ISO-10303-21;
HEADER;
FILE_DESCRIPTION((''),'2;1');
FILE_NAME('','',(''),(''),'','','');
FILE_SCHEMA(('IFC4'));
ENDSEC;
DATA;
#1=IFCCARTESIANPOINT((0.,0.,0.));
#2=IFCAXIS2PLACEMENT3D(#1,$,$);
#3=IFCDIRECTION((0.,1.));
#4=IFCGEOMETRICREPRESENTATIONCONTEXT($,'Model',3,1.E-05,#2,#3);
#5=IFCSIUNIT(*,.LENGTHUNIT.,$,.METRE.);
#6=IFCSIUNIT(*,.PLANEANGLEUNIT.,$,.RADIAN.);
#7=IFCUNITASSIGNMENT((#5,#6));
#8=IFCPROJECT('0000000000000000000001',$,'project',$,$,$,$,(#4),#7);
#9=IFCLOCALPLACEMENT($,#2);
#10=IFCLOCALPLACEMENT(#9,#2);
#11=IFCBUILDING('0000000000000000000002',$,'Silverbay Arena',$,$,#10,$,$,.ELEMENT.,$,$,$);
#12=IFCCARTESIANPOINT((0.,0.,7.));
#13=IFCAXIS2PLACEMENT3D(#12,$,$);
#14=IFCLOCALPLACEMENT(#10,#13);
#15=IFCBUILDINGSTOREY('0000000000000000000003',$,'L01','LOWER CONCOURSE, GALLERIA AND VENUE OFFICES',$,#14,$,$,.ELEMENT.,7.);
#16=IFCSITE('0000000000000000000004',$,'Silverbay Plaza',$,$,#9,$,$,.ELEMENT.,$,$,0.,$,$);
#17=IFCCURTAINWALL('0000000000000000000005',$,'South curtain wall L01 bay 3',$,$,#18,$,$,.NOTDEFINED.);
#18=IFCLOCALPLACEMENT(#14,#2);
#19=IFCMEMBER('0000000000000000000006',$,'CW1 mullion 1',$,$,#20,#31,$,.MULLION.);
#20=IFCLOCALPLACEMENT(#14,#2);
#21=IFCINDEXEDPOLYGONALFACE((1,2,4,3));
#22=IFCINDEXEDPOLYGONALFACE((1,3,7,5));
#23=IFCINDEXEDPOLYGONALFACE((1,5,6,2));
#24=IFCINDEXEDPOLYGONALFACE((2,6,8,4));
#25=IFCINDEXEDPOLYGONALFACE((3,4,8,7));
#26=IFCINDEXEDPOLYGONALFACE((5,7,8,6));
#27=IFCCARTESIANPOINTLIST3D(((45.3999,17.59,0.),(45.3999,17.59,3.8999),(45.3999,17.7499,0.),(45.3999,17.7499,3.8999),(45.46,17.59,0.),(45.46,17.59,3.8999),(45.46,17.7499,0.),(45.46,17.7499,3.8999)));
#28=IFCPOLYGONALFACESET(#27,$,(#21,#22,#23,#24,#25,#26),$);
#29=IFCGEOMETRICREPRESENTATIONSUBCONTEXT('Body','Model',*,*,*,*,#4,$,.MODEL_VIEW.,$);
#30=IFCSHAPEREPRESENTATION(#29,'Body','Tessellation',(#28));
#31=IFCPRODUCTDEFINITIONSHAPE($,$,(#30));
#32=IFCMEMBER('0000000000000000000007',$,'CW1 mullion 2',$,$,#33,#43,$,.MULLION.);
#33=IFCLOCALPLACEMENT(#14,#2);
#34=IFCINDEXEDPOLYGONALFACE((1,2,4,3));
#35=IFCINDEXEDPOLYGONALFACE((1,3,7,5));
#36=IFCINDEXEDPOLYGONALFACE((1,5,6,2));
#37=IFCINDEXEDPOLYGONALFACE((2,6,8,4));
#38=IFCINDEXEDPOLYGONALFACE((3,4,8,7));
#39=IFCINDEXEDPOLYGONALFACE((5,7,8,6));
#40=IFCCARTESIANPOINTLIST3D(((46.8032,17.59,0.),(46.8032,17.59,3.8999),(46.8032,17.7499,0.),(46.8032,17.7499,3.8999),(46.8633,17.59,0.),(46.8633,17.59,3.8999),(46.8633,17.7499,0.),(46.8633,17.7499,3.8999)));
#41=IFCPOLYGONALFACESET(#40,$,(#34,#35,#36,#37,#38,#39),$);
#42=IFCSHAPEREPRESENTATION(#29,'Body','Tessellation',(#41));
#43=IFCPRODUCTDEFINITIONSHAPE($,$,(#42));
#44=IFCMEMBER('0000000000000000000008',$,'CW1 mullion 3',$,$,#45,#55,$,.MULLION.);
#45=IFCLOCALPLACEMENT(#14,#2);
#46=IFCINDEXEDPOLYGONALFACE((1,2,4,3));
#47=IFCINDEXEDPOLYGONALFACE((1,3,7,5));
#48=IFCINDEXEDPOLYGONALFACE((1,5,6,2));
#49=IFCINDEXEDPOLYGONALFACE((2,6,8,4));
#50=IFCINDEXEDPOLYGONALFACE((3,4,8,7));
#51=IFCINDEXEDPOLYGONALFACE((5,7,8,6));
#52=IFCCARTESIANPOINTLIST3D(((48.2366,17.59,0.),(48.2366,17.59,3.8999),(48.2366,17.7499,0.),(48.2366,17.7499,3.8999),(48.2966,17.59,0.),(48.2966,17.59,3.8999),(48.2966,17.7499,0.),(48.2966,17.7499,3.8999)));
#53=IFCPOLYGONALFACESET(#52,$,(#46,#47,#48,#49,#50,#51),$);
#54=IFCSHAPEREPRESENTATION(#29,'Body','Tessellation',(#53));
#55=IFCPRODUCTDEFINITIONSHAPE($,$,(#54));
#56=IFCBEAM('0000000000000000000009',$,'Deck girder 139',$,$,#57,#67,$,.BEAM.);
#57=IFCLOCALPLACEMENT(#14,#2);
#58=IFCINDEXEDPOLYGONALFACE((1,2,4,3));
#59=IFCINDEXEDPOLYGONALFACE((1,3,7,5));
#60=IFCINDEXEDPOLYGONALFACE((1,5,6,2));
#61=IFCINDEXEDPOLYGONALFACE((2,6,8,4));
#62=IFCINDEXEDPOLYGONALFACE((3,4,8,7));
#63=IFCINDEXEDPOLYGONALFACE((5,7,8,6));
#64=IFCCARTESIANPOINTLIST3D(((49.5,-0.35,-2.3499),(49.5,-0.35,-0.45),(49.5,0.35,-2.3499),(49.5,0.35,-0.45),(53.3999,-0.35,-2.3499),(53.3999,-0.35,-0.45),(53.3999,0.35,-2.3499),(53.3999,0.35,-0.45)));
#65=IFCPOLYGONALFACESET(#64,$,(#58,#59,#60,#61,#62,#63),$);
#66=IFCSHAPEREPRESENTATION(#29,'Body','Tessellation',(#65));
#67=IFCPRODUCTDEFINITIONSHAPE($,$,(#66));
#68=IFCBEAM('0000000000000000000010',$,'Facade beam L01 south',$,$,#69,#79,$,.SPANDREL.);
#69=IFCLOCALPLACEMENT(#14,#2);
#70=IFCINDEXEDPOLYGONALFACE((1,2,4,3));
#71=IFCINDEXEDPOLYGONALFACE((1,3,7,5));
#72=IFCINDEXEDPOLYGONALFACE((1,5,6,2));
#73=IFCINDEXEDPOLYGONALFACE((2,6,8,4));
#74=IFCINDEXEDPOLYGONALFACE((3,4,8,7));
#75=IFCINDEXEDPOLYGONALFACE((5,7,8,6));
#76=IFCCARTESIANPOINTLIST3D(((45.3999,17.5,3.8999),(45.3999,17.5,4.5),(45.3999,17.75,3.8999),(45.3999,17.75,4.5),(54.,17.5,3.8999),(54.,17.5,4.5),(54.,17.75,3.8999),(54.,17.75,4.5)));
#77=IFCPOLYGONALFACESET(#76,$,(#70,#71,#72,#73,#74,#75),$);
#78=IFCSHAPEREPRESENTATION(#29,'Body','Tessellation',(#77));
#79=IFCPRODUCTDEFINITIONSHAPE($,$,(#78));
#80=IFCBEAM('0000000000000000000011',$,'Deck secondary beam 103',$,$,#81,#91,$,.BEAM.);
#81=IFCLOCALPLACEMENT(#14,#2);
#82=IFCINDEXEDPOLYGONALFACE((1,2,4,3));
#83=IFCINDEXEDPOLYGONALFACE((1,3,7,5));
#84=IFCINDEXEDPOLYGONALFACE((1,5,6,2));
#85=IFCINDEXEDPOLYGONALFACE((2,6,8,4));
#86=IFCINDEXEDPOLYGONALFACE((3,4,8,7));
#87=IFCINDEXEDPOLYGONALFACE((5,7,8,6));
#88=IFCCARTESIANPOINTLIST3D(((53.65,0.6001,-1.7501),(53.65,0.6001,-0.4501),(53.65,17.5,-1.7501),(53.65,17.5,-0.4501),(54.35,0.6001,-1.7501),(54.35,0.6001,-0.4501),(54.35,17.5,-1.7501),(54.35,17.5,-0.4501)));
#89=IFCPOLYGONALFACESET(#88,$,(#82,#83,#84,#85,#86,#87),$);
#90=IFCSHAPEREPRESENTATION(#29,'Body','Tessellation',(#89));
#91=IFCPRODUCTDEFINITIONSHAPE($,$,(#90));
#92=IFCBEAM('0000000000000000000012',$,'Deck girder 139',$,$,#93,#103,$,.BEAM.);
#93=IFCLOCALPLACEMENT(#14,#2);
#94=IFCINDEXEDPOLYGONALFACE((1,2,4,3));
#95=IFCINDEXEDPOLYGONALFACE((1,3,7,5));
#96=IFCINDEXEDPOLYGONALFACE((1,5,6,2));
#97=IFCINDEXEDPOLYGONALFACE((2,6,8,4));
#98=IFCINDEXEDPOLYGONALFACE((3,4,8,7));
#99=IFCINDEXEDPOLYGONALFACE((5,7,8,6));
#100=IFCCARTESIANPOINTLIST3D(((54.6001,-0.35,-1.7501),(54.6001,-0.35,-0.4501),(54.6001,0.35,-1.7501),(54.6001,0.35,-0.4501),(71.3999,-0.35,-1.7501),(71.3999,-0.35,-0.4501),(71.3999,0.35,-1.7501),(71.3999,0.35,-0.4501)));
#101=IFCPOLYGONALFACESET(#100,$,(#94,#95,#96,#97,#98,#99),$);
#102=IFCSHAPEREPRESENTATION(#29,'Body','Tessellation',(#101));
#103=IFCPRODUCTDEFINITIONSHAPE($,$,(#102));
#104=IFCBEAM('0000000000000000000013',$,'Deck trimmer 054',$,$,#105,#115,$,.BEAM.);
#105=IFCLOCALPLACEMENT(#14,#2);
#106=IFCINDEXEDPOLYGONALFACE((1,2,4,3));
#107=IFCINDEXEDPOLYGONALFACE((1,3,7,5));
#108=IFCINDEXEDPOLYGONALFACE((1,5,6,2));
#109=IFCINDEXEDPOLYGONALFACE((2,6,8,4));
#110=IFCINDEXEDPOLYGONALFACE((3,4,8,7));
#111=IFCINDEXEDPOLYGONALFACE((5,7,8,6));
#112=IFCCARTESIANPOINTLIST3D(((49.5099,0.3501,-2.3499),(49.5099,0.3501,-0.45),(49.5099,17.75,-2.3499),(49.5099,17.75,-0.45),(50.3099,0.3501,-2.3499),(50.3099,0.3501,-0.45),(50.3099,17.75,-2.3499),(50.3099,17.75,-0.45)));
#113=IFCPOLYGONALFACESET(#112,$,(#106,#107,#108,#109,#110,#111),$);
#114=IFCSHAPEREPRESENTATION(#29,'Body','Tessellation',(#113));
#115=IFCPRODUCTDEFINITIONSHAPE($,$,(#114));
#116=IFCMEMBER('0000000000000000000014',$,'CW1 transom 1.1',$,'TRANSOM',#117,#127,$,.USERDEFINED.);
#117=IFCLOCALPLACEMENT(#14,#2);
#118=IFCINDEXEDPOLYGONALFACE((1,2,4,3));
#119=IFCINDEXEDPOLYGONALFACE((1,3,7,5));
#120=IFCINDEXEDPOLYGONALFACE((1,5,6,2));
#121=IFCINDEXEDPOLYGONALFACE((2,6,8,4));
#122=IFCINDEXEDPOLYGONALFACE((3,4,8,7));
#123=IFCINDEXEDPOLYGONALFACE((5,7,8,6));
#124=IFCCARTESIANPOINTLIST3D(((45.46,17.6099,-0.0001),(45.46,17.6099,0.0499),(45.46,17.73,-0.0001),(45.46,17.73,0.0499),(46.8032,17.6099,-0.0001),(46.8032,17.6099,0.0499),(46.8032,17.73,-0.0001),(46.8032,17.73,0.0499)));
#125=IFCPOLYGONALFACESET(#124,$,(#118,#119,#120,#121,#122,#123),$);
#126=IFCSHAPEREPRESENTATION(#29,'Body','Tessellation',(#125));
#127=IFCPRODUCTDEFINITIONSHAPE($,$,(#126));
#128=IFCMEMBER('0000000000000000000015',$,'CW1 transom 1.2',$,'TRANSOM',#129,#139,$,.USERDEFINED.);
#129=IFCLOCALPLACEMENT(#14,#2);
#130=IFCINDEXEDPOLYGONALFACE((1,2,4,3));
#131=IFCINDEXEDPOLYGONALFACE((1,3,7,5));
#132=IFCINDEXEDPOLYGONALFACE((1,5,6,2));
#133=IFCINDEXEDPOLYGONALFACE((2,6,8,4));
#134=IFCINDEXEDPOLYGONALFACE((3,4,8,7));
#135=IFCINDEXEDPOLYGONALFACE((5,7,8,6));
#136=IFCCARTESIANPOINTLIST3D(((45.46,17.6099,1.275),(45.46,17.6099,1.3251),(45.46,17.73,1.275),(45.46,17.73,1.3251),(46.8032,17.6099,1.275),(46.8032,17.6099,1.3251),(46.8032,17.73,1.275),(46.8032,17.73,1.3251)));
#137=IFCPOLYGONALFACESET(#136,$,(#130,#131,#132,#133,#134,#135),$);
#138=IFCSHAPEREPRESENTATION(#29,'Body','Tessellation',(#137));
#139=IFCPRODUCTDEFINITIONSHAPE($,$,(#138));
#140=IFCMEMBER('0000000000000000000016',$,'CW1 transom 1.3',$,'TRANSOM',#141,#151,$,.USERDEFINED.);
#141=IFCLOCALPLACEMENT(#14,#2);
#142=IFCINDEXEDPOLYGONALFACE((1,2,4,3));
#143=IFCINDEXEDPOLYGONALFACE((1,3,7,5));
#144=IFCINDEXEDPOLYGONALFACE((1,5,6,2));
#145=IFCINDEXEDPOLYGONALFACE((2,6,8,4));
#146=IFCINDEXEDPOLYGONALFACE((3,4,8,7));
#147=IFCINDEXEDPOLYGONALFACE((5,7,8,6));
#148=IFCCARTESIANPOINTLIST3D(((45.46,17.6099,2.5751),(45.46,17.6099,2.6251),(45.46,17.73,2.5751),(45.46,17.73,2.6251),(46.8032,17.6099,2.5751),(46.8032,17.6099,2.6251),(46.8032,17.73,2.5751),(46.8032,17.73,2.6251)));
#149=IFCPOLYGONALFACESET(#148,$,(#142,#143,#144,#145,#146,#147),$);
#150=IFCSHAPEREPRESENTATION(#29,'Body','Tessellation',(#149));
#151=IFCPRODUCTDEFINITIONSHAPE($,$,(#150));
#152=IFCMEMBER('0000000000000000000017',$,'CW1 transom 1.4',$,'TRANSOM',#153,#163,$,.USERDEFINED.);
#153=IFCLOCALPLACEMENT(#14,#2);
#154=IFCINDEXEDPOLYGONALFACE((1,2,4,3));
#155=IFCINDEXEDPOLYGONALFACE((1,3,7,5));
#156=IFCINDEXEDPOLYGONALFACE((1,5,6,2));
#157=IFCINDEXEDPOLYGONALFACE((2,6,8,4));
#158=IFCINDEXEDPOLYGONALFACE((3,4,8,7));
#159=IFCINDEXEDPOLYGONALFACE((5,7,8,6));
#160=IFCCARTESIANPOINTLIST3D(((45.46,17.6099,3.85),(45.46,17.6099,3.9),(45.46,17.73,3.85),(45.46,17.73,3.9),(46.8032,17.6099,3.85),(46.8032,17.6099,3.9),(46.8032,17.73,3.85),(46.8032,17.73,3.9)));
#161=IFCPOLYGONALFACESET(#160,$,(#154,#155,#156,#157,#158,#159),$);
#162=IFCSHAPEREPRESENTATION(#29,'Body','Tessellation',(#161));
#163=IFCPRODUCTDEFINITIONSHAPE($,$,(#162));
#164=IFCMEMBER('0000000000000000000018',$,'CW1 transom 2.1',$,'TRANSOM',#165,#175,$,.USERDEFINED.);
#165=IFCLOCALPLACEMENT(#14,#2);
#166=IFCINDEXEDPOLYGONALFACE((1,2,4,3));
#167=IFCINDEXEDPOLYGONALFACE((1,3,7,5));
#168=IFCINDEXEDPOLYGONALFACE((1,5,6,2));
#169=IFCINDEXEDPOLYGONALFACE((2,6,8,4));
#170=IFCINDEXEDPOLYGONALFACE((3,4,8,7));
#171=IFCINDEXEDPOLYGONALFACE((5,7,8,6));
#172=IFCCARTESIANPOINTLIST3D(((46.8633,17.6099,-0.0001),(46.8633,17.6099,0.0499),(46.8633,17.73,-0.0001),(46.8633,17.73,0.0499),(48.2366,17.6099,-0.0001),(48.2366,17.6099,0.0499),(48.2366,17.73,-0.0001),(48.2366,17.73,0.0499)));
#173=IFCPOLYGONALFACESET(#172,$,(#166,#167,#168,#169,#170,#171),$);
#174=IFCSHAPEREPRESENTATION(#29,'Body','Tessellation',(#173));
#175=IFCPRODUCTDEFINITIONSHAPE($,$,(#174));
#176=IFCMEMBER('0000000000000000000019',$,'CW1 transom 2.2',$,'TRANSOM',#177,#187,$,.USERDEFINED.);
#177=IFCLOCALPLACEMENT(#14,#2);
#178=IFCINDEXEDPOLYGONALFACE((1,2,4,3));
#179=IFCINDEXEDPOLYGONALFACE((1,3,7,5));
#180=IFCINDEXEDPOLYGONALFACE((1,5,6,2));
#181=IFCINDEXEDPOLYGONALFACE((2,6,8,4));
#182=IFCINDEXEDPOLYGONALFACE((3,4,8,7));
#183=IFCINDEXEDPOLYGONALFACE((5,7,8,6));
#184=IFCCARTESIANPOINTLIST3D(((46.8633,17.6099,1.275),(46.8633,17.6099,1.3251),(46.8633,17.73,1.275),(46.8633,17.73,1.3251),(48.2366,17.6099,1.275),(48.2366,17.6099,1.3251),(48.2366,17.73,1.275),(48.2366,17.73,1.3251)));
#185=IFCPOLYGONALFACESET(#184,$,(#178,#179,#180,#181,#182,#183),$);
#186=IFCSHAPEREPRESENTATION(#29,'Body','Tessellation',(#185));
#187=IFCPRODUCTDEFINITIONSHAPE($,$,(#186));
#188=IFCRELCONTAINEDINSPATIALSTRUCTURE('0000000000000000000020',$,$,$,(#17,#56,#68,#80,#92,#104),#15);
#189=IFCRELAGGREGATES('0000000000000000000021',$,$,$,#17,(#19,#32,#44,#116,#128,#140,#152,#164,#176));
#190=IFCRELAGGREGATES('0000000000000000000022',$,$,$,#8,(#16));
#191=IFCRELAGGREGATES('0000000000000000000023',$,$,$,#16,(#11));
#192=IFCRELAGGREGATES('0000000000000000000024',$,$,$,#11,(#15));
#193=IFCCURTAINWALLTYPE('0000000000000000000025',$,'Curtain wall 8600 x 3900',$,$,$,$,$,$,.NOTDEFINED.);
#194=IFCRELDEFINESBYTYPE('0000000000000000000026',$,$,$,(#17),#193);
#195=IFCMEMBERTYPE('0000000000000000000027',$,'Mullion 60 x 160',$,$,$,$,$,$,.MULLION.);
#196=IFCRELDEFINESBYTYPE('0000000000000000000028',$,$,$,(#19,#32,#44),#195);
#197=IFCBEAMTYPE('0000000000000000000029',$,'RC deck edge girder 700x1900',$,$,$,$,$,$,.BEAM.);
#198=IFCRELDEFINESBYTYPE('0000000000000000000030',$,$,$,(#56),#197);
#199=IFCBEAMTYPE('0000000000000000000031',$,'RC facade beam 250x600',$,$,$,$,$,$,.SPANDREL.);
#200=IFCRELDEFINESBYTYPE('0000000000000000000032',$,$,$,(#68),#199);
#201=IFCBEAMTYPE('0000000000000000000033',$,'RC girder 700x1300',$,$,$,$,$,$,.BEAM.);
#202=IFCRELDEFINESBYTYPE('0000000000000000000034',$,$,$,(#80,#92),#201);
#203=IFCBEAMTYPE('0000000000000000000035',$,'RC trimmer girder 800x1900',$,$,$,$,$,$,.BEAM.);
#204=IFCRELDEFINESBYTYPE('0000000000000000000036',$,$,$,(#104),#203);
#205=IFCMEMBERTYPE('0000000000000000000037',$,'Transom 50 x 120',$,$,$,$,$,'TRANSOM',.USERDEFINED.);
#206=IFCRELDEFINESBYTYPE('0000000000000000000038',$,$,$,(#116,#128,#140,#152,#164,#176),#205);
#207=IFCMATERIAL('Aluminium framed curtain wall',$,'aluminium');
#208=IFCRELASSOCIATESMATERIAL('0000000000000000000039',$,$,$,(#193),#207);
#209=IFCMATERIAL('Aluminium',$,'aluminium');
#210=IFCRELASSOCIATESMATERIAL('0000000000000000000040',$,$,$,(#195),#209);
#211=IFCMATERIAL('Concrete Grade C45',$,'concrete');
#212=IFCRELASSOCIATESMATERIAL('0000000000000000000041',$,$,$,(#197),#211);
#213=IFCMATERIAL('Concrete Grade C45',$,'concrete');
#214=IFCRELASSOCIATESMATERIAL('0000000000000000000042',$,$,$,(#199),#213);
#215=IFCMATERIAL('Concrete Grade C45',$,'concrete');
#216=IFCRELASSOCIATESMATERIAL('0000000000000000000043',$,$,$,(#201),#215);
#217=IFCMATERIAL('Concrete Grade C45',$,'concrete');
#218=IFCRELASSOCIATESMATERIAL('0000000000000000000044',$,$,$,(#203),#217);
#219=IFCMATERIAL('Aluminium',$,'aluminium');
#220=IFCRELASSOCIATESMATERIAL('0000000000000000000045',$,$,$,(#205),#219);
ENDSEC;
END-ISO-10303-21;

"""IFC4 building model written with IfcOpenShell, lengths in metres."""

from ifc_helpers import new_model, si_unit, direction, frame, origin, origin_2d, place, context, subcontext, project, spatial, rectangle, extrude, material, material_profile, profile_set, type_object, element, aggregate, save


model = new_model("IFC4")

# Units and contexts
model_context = context("Model", 3, precision=1e-05, world=origin(), true_north=direction((0.0, 1.0)))
body_context = subcontext(model_context, "Body", "Model", "MODEL_VIEW")
ifc_project = project(units=[si_unit("LENGTHUNIT", "METRE"), si_unit("PLANEANGLEUNIT", "RADIAN")], contexts=[model_context])

# Site, building, storey
site_placement = place(None, origin())
site = spatial("IfcSite", under=ifc_project, at=site_placement, Name="Silverbay Plaza", CompositionType="ELEMENT", RefElevation=0.0)
building_placement = place(site_placement, origin())
building = spatial("IfcBuilding", under=site, at=building_placement, Name="Silverbay Arena", CompositionType="ELEMENT")
storey_placement = place(building_placement, frame((0.0, 0.0, 7.0)))
storey = spatial("IfcBuildingStorey", under=building, at=storey_placement, Name="L01", Description="LOWER CONCOURSE, GALLERIA AND VENUE OFFICES", CompositionType="ELEMENT", Elevation=7.0)

# Curtain wall, members
ifc_material_1 = material(Name="Aluminium framed curtain wall", Category="aluminium")
curtain_wall_type = type_object("IfcCurtainWallType", Name="Curtain wall 8600 x 3900", PredefinedType="NOTDEFINED", material=ifc_material_1)
curtain_wall_placement = place(storey_placement, origin())
curtain_wall = element("IfcCurtainWall", 1, at=curtain_wall_placement, inside=storey, type_object=curtain_wall_type, Name="South curtain wall L01 bay 3", PredefinedType="NOTDEFINED")
ifc_material_2 = material(Name="Aluminium", Category="aluminium")
ifc_material_profile_1 = material_profile(ifc_material_2, rectangle(XDim=0.1599, YDim=0.0601, at=origin_2d()), Name="Mullion 60 x 160")
ifc_profile_set_1 = profile_set([ifc_material_profile_1], Name="Aluminium")
member_type_1 = type_object("IfcMemberType", Name="Mullion 60 x 160", PredefinedType="MULLION", material=ifc_profile_set_1)
member_1_placement = place(storey_placement, frame((45.4299, 17.6699, 0.0), z_axis=(0.0, 0.0, 1.0), x_axis=(0.0, 1.0, 0.0)))
member_1 = element("IfcMember", 2, at=member_1_placement, type_object=member_type_1, Name="CW1 mullion 1", PredefinedType="MULLION", context=body_context, shape_type="SweptSolid", body=[
    extrude(rectangle(XDim=0.1599, YDim=0.0601, at=origin_2d()), origin(), (0.0, 0.0, 1.0), 3.8999),
])
member_2_placement = place(storey_placement, frame((46.8333, 17.6699, 0.0), z_axis=(0.0, 0.0, 1.0), x_axis=(0.0, 1.0, 0.0)))
member_2 = element("IfcMember", 3, at=member_2_placement, type_object=member_type_1, Name="CW1 mullion 2", PredefinedType="MULLION", context=body_context, shape_type="SweptSolid", body=[
    extrude(rectangle(XDim=0.1599, YDim=0.0601, at=origin_2d()), origin(), (0.0, 0.0, 1.0), 3.8999),
])
member_3_placement = place(storey_placement, frame((48.2666, 17.6699, 0.0), z_axis=(0.0, 0.0, 1.0), x_axis=(0.0, 1.0, 0.0)))
member_3 = element("IfcMember", 4, at=member_3_placement, type_object=member_type_1, Name="CW1 mullion 3", PredefinedType="MULLION", context=body_context, shape_type="SweptSolid", body=[
    extrude(rectangle(XDim=0.1599, YDim=0.0601, at=origin_2d()), origin(), (0.0, 0.0, 1.0), 3.8999),
])

# Beams
ifc_material_3 = material(Name="Concrete Grade C45", Category="concrete")
ifc_material_profile_2 = material_profile(ifc_material_3, rectangle(XDim=0.7, YDim=1.8999, at=origin_2d()), Name="RC 700x1900")
ifc_profile_set_2 = profile_set([ifc_material_profile_2], Name="Concrete Grade C45")
beam_type_1 = type_object("IfcBeamType", Name="RC deck edge girder 700x1900", PredefinedType="BEAM", material=ifc_profile_set_2)
beam_1_placement = place(storey_placement, frame((49.5, 0.0, -1.3999), z_axis=(1.0, 0.0, 0.0), x_axis=(0.0, 1.0, 0.0)))
element("IfcBeam", 5, at=beam_1_placement, inside=storey, type_object=beam_type_1, Name="Deck girder 139", PredefinedType="BEAM", context=body_context, shape_type="SweptSolid", body=[
    extrude(rectangle(XDim=0.7, YDim=1.8999, at=origin_2d()), origin(), (0.0, 0.0, 1.0), 3.8999),
])
ifc_material_4 = material(Name="Concrete Grade C45", Category="concrete")
ifc_material_profile_3 = material_profile(ifc_material_4, rectangle(XDim=0.25, YDim=0.6001, at=origin_2d()), Name="RC 250x600")
ifc_profile_set_3 = profile_set([ifc_material_profile_3], Name="Concrete Grade C45")
beam_type_2 = type_object("IfcBeamType", Name="RC facade beam 250x600", PredefinedType="SPANDREL", material=ifc_profile_set_3)
beam_2_placement = place(storey_placement, frame((45.3999, 17.625, 4.2), z_axis=(1.0, 0.0, 0.0), x_axis=(0.0, 1.0, 0.0)))
element("IfcBeam", 6, at=beam_2_placement, inside=storey, type_object=beam_type_2, Name="Facade beam L01 south", PredefinedType="SPANDREL", context=body_context, shape_type="SweptSolid", body=[
    extrude(rectangle(XDim=0.25, YDim=0.6001, at=origin_2d()), origin(), (0.0, 0.0, 1.0), 8.6001),
])
ifc_material_5 = material(Name="Concrete Grade C45", Category="concrete")
ifc_material_profile_4 = material_profile(ifc_material_5, rectangle(XDim=0.7, YDim=1.3, at=origin_2d()), Name="RC 700x1300")
ifc_profile_set_4 = profile_set([ifc_material_profile_4], Name="Concrete Grade C45")
beam_type_3 = type_object("IfcBeamType", Name="RC girder 700x1300", PredefinedType="BEAM", material=ifc_profile_set_4)
beam_3_placement = place(storey_placement, frame((54.0, 0.6001, -1.1001), z_axis=(0.0, 1.0, 0.0), x_axis=(-1.0, 0.0, 0.0)))
element("IfcBeam", 7, at=beam_3_placement, inside=storey, type_object=beam_type_3, Name="Deck secondary beam 103", PredefinedType="BEAM", context=body_context, shape_type="SweptSolid", body=[
    extrude(rectangle(XDim=0.7, YDim=1.3, at=origin_2d()), origin(), (0.0, 0.0, 1.0), 16.8999),
])
beam_4_placement = place(storey_placement, frame((54.6001, 0.0, -1.1001), z_axis=(1.0, 0.0, 0.0), x_axis=(0.0, 1.0, 0.0)))
element("IfcBeam", 8, at=beam_4_placement, inside=storey, type_object=beam_type_3, Name="Deck girder 139", PredefinedType="BEAM", context=body_context, shape_type="SweptSolid", body=[
    extrude(rectangle(XDim=0.7, YDim=1.3, at=origin_2d()), origin(), (0.0, 0.0, 1.0), 16.7998),
])
ifc_material_6 = material(Name="Concrete Grade C45", Category="concrete")
ifc_material_profile_5 = material_profile(ifc_material_6, rectangle(XDim=0.8, YDim=1.8999, at=origin_2d()), Name="RC 800x1900")
ifc_profile_set_5 = profile_set([ifc_material_profile_5], Name="Concrete Grade C45")
beam_type_4 = type_object("IfcBeamType", Name="RC trimmer girder 800x1900", PredefinedType="BEAM", material=ifc_profile_set_5)
beam_5_placement = place(storey_placement, frame((49.9099, 0.3501, -1.3999), z_axis=(0.0, 1.0, 0.0), x_axis=(-1.0, 0.0, 0.0)))
element("IfcBeam", 9, at=beam_5_placement, inside=storey, type_object=beam_type_4, Name="Deck trimmer 054", PredefinedType="BEAM", context=body_context, shape_type="SweptSolid", body=[
    extrude(rectangle(XDim=0.8, YDim=1.8999, at=origin_2d()), origin(), (0.0, 0.0, 1.0), 17.3999),
])

# Members
ifc_material_7 = material(Name="Aluminium", Category="aluminium")
ifc_material_profile_6 = material_profile(ifc_material_7, rectangle(XDim=0.1201, YDim=0.05, at=origin_2d()), Name="Transom 50 x 120")
ifc_profile_set_6 = profile_set([ifc_material_profile_6], Name="Aluminium")
member_type_2 = type_object("IfcMemberType", Name="Transom 50 x 120", ElementType="TRANSOM", PredefinedType="USERDEFINED", material=ifc_profile_set_6)
member_4_placement = place(storey_placement, frame((45.46, 17.6699, 0.0249), z_axis=(1.0, 0.0, 0.0), x_axis=(0.0, 1.0, 0.0)))
member_4 = element("IfcMember", 10, at=member_4_placement, type_object=member_type_2, Name="CW1 transom 1.1", ObjectType="TRANSOM", PredefinedType="USERDEFINED", context=body_context, shape_type="SweptSolid", body=[
    extrude(rectangle(XDim=0.1201, YDim=0.05, at=origin_2d()), origin(), (0.0, 0.0, 1.0), 1.3433),
])
member_5_placement = place(storey_placement, frame((45.46, 17.6699, 1.3), z_axis=(1.0, 0.0, 0.0), x_axis=(0.0, 1.0, 0.0)))
member_5 = element("IfcMember", 11, at=member_5_placement, type_object=member_type_2, Name="CW1 transom 1.2", ObjectType="TRANSOM", PredefinedType="USERDEFINED", context=body_context, shape_type="SweptSolid", body=[
    extrude(rectangle(XDim=0.1201, YDim=0.05, at=origin_2d()), origin(), (0.0, 0.0, 1.0), 1.3433),
])
member_6_placement = place(storey_placement, frame((45.46, 17.6699, 2.6001), z_axis=(1.0, 0.0, 0.0), x_axis=(0.0, 1.0, 0.0)))
member_6 = element("IfcMember", 12, at=member_6_placement, type_object=member_type_2, Name="CW1 transom 1.3", ObjectType="TRANSOM", PredefinedType="USERDEFINED", context=body_context, shape_type="SweptSolid", body=[
    extrude(rectangle(XDim=0.1201, YDim=0.05, at=origin_2d()), origin(), (0.0, 0.0, 1.0), 1.3433),
])
member_7_placement = place(storey_placement, frame((45.46, 17.6699, 3.875), z_axis=(1.0, 0.0, 0.0), x_axis=(0.0, 1.0, 0.0)))
member_7 = element("IfcMember", 13, at=member_7_placement, type_object=member_type_2, Name="CW1 transom 1.4", ObjectType="TRANSOM", PredefinedType="USERDEFINED", context=body_context, shape_type="SweptSolid", body=[
    extrude(rectangle(XDim=0.1201, YDim=0.05, at=origin_2d()), origin(), (0.0, 0.0, 1.0), 1.3433),
])
member_8_placement = place(storey_placement, frame((46.8633, 17.6699, 0.0249), z_axis=(1.0, 0.0, 0.0), x_axis=(0.0, 1.0, 0.0)))
member_8 = element("IfcMember", 14, at=member_8_placement, type_object=member_type_2, Name="CW1 transom 2.1", ObjectType="TRANSOM", PredefinedType="USERDEFINED", context=body_context, shape_type="SweptSolid", body=[
    extrude(rectangle(XDim=0.1201, YDim=0.05, at=origin_2d()), origin(), (0.0, 0.0, 1.0), 1.3733),
])
member_9_placement = place(storey_placement, frame((46.8633, 17.6699, 1.3), z_axis=(1.0, 0.0, 0.0), x_axis=(0.0, 1.0, 0.0)))
member_9 = element("IfcMember", 15, at=member_9_placement, type_object=member_type_2, Name="CW1 transom 2.2", ObjectType="TRANSOM", PredefinedType="USERDEFINED", context=body_context, shape_type="SweptSolid", body=[
    extrude(rectangle(XDim=0.1201, YDim=0.05, at=origin_2d()), origin(), (0.0, 0.0, 1.0), 1.3733),
])

aggregate(curtain_wall, [member_1, member_2, member_3, member_4, member_5, member_6, member_7, member_8, member_9])

save(model, "model.ifc")
